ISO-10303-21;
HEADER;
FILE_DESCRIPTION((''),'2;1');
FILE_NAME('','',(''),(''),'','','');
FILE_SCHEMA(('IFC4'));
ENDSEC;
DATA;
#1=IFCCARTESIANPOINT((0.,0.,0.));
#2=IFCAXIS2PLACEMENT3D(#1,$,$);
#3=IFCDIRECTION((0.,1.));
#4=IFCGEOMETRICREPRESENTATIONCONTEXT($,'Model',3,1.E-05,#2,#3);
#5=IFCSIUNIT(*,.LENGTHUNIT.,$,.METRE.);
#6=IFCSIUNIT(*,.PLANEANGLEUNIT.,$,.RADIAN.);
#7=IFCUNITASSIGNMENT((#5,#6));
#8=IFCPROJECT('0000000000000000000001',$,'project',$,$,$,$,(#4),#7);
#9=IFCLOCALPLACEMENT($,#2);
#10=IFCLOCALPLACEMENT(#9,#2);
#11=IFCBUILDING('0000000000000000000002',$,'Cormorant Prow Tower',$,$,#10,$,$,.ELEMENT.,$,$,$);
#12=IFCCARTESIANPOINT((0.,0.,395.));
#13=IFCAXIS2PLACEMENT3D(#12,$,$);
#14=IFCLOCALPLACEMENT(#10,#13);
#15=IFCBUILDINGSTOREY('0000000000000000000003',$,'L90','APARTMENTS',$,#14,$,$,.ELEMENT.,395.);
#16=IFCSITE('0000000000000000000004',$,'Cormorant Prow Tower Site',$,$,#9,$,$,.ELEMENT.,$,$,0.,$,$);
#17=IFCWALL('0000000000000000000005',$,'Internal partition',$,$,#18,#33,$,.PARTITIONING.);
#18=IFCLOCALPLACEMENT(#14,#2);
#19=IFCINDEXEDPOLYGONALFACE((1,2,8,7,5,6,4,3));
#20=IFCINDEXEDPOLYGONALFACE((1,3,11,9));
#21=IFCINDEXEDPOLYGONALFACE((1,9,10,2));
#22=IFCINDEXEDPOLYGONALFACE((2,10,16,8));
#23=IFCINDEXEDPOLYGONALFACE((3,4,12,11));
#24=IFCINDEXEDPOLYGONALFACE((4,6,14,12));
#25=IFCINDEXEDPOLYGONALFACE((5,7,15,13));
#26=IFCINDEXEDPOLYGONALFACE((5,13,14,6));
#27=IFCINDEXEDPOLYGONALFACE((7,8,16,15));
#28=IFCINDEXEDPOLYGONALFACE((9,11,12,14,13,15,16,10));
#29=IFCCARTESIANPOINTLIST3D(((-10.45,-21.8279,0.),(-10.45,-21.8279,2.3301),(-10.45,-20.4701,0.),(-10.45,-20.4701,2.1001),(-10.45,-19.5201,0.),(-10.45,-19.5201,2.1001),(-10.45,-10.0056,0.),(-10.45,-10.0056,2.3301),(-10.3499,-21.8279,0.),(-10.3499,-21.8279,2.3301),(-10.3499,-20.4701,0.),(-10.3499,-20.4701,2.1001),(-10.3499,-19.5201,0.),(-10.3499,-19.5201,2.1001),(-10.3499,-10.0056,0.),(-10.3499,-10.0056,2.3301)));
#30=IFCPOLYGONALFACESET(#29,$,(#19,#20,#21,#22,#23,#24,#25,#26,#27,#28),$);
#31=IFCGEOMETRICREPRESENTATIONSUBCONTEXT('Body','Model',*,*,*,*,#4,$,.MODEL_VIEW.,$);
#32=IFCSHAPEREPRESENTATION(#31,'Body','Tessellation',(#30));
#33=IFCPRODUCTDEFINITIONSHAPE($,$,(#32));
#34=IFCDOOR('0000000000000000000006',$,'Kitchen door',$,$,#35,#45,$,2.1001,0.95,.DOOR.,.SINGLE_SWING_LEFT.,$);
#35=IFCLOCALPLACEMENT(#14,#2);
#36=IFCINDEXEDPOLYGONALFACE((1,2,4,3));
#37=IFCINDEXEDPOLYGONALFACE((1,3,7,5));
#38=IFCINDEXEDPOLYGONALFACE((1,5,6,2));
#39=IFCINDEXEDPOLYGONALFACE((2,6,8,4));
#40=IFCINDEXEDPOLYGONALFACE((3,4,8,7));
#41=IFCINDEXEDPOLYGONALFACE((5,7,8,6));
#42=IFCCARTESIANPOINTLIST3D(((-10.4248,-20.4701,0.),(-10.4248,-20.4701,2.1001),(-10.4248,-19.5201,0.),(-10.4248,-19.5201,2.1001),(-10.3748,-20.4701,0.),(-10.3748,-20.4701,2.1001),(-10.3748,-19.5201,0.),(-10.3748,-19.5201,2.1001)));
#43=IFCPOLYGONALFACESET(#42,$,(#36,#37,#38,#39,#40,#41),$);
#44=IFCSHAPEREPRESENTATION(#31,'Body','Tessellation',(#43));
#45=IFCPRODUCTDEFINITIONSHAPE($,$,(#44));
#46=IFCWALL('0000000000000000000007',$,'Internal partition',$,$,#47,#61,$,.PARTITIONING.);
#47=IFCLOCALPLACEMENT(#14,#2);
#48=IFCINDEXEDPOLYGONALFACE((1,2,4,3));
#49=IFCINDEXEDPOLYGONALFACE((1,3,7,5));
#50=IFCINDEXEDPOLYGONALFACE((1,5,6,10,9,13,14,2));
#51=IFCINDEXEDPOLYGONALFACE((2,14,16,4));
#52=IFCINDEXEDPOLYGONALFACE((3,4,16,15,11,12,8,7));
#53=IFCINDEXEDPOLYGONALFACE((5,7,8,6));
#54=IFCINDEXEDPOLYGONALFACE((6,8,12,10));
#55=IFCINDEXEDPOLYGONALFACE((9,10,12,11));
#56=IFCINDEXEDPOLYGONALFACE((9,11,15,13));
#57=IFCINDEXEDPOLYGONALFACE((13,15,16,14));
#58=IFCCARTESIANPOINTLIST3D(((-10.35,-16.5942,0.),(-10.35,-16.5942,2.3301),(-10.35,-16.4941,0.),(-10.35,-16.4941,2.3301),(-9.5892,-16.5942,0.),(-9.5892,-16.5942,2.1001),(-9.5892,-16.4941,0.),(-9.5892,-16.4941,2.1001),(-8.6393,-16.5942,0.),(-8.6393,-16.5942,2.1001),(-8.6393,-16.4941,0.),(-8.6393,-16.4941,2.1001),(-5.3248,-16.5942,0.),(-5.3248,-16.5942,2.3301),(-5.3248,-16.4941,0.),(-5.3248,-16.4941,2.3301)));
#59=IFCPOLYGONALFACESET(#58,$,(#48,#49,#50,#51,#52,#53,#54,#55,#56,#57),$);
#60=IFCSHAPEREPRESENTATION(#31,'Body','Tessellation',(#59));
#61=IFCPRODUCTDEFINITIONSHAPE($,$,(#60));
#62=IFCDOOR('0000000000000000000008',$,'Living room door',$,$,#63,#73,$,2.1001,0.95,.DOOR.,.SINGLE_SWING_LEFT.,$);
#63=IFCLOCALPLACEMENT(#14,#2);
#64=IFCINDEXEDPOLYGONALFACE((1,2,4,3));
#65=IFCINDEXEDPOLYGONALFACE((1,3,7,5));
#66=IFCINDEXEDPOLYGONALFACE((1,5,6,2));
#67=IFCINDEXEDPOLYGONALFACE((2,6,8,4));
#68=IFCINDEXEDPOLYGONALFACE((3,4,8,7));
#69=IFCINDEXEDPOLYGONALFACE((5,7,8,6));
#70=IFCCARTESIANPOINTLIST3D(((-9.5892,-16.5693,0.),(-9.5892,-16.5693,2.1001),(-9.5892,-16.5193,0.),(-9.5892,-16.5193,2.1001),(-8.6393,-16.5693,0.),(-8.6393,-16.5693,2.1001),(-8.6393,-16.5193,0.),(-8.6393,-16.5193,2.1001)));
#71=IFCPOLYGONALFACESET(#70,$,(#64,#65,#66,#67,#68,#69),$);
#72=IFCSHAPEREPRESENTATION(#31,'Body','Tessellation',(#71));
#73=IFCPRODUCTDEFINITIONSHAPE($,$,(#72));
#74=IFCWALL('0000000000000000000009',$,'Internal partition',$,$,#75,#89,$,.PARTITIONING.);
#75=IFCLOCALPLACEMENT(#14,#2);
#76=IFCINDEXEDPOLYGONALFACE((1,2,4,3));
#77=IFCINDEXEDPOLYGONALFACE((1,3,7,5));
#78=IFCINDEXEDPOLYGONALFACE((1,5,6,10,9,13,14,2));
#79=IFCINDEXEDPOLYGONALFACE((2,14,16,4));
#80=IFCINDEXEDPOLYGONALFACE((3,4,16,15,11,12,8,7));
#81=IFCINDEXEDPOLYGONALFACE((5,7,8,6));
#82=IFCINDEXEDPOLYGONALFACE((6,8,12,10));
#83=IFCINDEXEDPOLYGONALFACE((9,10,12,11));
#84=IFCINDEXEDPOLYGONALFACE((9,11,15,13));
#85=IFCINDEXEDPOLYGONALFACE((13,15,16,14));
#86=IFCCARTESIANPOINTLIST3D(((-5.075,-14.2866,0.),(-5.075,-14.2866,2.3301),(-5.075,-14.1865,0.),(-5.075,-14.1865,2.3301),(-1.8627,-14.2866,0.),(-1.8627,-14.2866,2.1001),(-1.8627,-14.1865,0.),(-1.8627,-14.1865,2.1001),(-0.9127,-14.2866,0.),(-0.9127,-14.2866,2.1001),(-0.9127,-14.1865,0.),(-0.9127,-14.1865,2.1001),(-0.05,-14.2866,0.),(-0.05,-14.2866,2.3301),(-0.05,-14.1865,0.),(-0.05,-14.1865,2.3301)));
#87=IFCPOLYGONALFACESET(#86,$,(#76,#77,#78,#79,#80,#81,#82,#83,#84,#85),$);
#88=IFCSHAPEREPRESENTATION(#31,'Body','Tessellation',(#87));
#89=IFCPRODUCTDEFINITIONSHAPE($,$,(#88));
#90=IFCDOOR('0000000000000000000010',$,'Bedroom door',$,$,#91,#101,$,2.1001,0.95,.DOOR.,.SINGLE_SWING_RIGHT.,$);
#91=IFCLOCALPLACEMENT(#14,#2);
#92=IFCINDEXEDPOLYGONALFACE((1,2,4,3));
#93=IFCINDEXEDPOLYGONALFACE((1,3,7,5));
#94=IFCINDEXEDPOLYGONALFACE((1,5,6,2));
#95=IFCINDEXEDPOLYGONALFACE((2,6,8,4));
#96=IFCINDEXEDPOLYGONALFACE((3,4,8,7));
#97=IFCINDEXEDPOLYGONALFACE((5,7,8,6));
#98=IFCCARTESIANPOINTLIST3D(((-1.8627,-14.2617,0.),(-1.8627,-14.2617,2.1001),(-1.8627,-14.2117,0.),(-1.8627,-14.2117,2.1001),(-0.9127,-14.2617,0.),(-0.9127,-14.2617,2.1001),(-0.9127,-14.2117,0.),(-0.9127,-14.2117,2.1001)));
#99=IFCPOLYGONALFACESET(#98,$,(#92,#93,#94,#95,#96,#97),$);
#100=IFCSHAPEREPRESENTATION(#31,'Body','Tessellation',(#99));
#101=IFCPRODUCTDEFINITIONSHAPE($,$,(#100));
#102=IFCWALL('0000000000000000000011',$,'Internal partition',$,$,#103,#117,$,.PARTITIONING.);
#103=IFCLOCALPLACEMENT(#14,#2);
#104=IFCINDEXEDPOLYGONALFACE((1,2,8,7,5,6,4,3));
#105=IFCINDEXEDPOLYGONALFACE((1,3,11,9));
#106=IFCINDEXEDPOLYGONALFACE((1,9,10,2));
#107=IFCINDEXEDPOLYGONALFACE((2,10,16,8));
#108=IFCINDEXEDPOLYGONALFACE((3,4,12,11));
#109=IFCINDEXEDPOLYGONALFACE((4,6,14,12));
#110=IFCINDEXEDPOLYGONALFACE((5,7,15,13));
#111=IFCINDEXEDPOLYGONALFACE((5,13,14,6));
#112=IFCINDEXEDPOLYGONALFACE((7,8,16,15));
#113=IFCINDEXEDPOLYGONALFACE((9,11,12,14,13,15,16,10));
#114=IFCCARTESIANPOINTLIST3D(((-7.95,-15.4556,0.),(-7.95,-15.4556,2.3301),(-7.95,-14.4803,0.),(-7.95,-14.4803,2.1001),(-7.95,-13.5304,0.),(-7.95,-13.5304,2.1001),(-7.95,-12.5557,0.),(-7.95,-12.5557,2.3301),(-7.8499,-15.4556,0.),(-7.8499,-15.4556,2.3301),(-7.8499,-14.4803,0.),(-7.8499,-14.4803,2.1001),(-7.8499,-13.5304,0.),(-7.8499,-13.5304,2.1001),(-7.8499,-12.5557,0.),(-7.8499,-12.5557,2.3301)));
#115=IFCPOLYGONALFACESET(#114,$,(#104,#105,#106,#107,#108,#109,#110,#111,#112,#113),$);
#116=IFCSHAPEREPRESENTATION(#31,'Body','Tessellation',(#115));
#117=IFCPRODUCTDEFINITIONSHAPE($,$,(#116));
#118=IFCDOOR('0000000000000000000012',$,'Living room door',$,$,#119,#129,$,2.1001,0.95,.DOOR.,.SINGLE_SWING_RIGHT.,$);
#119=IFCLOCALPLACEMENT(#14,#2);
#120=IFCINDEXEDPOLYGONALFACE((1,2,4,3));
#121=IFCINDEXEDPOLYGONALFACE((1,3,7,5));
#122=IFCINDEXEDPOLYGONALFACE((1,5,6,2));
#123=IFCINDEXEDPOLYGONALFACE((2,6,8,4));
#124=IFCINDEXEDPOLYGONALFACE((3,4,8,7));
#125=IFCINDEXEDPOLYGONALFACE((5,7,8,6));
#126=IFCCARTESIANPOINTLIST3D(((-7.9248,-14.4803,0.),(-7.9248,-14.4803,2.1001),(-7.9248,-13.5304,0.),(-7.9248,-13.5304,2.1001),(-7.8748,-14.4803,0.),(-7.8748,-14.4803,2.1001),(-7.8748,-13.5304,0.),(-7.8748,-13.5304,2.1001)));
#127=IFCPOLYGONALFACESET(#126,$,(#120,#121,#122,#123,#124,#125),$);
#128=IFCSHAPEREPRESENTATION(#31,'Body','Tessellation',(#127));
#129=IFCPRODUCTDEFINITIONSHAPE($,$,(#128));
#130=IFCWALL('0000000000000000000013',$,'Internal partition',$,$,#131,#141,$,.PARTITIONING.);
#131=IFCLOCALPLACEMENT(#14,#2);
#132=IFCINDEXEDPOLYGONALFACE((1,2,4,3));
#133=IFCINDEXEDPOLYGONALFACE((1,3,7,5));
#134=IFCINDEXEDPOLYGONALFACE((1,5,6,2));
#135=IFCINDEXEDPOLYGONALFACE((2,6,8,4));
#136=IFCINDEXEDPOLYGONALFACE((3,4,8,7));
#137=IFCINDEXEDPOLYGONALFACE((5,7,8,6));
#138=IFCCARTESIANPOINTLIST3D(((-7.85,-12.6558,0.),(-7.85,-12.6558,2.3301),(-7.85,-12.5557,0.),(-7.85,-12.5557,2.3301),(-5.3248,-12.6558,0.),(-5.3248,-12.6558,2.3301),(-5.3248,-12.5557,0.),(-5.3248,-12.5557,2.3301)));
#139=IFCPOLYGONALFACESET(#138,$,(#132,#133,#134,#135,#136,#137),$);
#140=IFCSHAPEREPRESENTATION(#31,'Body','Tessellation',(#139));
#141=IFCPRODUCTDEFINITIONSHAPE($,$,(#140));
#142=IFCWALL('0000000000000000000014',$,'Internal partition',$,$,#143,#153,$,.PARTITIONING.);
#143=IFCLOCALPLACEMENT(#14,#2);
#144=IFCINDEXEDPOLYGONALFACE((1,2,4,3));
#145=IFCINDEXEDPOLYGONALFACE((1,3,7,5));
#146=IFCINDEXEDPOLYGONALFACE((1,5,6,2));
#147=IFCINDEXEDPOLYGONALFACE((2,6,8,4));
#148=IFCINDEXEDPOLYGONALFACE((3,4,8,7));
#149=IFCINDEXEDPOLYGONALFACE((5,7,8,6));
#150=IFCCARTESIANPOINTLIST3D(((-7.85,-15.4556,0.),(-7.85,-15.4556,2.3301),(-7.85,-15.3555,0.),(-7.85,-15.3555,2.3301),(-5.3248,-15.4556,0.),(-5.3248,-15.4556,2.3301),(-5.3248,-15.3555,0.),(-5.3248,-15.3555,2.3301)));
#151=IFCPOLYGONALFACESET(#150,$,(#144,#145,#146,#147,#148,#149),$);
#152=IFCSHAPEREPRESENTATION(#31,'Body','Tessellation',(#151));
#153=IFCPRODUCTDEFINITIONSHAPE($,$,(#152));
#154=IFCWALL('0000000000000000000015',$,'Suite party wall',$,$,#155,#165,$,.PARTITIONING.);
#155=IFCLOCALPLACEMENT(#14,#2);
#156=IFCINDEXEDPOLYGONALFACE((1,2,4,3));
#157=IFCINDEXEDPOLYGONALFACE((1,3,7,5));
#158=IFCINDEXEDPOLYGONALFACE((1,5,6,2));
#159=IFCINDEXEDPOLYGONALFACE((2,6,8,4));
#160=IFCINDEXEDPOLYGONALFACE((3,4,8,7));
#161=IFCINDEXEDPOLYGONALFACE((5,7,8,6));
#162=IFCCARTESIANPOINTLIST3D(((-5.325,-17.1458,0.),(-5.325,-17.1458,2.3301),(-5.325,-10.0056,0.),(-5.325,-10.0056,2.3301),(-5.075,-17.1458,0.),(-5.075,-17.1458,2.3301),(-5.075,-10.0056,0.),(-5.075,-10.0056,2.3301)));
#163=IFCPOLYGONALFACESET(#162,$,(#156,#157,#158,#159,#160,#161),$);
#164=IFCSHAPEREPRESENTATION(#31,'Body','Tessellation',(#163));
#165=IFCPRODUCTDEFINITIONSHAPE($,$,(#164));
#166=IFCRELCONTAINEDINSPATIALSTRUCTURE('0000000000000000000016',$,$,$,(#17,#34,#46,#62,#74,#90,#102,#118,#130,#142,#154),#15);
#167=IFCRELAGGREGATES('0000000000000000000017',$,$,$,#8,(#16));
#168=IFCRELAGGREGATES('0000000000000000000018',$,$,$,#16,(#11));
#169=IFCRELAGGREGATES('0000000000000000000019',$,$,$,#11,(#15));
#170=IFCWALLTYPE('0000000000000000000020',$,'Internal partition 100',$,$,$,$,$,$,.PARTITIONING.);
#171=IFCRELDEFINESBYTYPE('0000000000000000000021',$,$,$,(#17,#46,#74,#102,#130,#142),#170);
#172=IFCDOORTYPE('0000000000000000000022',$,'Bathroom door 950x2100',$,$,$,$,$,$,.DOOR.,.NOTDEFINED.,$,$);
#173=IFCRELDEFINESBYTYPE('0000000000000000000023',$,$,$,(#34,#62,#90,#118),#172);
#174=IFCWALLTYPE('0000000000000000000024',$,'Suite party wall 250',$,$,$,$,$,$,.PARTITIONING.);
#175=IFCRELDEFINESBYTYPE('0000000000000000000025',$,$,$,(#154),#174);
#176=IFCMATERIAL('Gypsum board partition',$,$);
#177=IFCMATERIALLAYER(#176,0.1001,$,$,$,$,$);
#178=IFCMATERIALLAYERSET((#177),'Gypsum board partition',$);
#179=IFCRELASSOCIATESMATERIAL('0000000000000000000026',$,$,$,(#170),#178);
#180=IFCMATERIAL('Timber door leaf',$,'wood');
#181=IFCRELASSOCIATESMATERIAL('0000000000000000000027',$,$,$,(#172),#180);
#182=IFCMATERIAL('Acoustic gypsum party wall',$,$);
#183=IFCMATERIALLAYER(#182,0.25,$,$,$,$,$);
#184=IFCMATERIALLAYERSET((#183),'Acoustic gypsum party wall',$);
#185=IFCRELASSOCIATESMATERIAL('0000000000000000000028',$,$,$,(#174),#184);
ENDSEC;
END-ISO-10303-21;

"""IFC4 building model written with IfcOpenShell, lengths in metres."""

from ifc_helpers import new_model, si_unit, direction, frame, frame_2d, origin, place, context, subcontext, project, spatial, rectangle, extrude, material, layer, layer_set, type_object, element, fill, save


model = new_model("IFC4")

# Units and contexts
model_context = context("Model", 3, precision=1e-05, world=origin(), true_north=direction((0.0, 1.0)))
body_context = subcontext(model_context, "Body", "Model", "MODEL_VIEW")
ifc_project = project(units=[si_unit("LENGTHUNIT", "METRE"), si_unit("PLANEANGLEUNIT", "RADIAN")], contexts=[model_context])

# Site, building, storey
site_placement = place(None, origin())
site = spatial("IfcSite", under=ifc_project, at=site_placement, Name="Cormorant Prow Tower Site", CompositionType="ELEMENT", RefElevation=0.0)
building_placement = place(site_placement, origin())
building = spatial("IfcBuilding", under=site, at=building_placement, Name="Cormorant Prow Tower", CompositionType="ELEMENT")
storey_placement = place(building_placement, frame((0.0, 0.0, 395.0)))
storey = spatial("IfcBuildingStorey", under=building, at=storey_placement, Name="L90", Description="APARTMENTS", CompositionType="ELEMENT", Elevation=395.0)

# Walls, openings, doors
ifc_material_1 = material(Name="Gypsum board partition")
ifc_layer_1 = layer(ifc_material_1, 0.1001)
ifc_layer_set_1 = layer_set([ifc_layer_1], Name="Gypsum board partition")
wall_type_1 = type_object("IfcWallType", Name="Internal partition 100", PredefinedType="PARTITIONING", material=ifc_layer_set_1)
wall_1_placement = place(storey_placement, frame((-10.3999, -21.8279, 0.0), z_axis=(0.0, 0.0, 1.0), x_axis=(0.0, 1.0, 0.0)))
wall_1 = element("IfcWall", 1, at=wall_1_placement, inside=storey, type_object=wall_type_1, Name="Internal partition", PredefinedType="PARTITIONING", context=body_context, shape_type="SweptSolid", body=[
    extrude(rectangle(XDim=11.8223, YDim=0.1001, at=frame_2d((5.9111, 0.0))), origin(), (0.0, 0.0, 1.0), 2.3301),
])
opening_1_placement = place(wall_1_placement, frame((1.3577, 0.0, 0.0)))
opening_1 = element("IfcOpeningElement", 2, at=opening_1_placement, cuts=wall_1, PredefinedType="OPENING", context=body_context, shape_type="SweptSolid", body=[
    extrude(rectangle(XDim=0.95, YDim=2.1001, at=frame_2d((0.4751, 1.05))), frame((0.0, 0.0601, 0.0), z_axis=(0.0, -1.0, 0.0), x_axis=(1.0, 0.0, 0.0)), (0.0, 0.0, 1.0), 0.1201),
])
ifc_material_2 = material(Name="Timber door leaf", Category="wood")
door_type_1 = type_object("IfcDoorType", Name="Bathroom door 950x2100", OperationType="NOTDEFINED", PredefinedType="DOOR", material=ifc_material_2)
door_1_placement = place(opening_1_placement, origin())
door_1 = element("IfcDoor", 3, at=door_1_placement, inside=storey, type_object=door_type_1, Name="Kitchen door", OperationType="SINGLE_SWING_LEFT", OverallHeight=2.1001, OverallWidth=0.95, PredefinedType="DOOR", context=body_context, shape_type="SweptSolid", body=[
    extrude(rectangle(XDim=0.95, YDim=2.1001, at=frame_2d((0.4751, 1.05))), frame((0.0, 0.0249, 0.0), z_axis=(0.0, -1.0, 0.0), x_axis=(1.0, 0.0, 0.0)), (0.0, 0.0, 1.0), 0.05),
])
fill(opening_1, door_1)
wall_2_placement = place(storey_placement, frame((-10.3501, -16.5442, 0.0), z_axis=(0.0, 0.0, 1.0), x_axis=(1.0, 0.0, 0.0)))
wall_2 = element("IfcWall", 4, at=wall_2_placement, inside=storey, type_object=wall_type_1, Name="Internal partition", PredefinedType="PARTITIONING", context=body_context, shape_type="SweptSolid", body=[
    extrude(rectangle(XDim=5.0251, YDim=0.1001, at=frame_2d((2.5127, 0.0))), origin(), (0.0, 0.0, 1.0), 2.3301),
])
opening_2_placement = place(wall_2_placement, frame((0.7607, 0.0, 0.0)))
opening_2 = element("IfcOpeningElement", 5, at=opening_2_placement, cuts=wall_2, PredefinedType="OPENING", context=body_context, shape_type="SweptSolid", body=[
    extrude(rectangle(XDim=0.95, YDim=2.1001, at=frame_2d((0.4751, 1.05))), frame((0.0, 0.0601, 0.0), z_axis=(0.0, -1.0, 0.0), x_axis=(1.0, 0.0, 0.0)), (0.0, 0.0, 1.0), 0.1201),
])
door_2_placement = place(opening_2_placement, origin())
door_2 = element("IfcDoor", 6, at=door_2_placement, inside=storey, type_object=door_type_1, Name="Living room door", OperationType="SINGLE_SWING_LEFT", OverallHeight=2.1001, OverallWidth=0.95, PredefinedType="DOOR", context=body_context, shape_type="SweptSolid", body=[
    extrude(rectangle(XDim=0.95, YDim=2.1001, at=frame_2d((0.4751, 1.05))), frame((0.0, 0.0249, 0.0), z_axis=(0.0, -1.0, 0.0), x_axis=(1.0, 0.0, 0.0)), (0.0, 0.0, 1.0), 0.05),
])
fill(opening_2, door_2)
wall_3_placement = place(storey_placement, frame((-5.075, -14.2366, 0.0), z_axis=(0.0, 0.0, 1.0), x_axis=(1.0, 0.0, 0.0)))
wall_3 = element("IfcWall", 7, at=wall_3_placement, inside=storey, type_object=wall_type_1, Name="Internal partition", PredefinedType="PARTITIONING", context=body_context, shape_type="SweptSolid", body=[
    extrude(rectangle(XDim=5.0249, YDim=0.1001, at=frame_2d((2.5125, 0.0))), origin(), (0.0, 0.0, 1.0), 2.3301),
])
opening_3_placement = place(wall_3_placement, frame((3.2122, 0.0, 0.0)))
opening_3 = element("IfcOpeningElement", 8, at=opening_3_placement, cuts=wall_3, PredefinedType="OPENING", context=body_context, shape_type="SweptSolid", body=[
    extrude(rectangle(XDim=0.95, YDim=2.1001, at=frame_2d((0.4751, 1.05))), frame((0.0, 0.0601, 0.0), z_axis=(0.0, -1.0, 0.0), x_axis=(1.0, 0.0, 0.0)), (0.0, 0.0, 1.0), 0.1201),
])
door_3_placement = place(opening_3_placement, origin())
door_3 = element("IfcDoor", 9, at=door_3_placement, inside=storey, type_object=door_type_1, Name="Bedroom door", OperationType="SINGLE_SWING_RIGHT", OverallHeight=2.1001, OverallWidth=0.95, PredefinedType="DOOR", context=body_context, shape_type="SweptSolid", body=[
    extrude(rectangle(XDim=0.95, YDim=2.1001, at=frame_2d((0.4751, 1.05))), frame((0.0, 0.0249, 0.0), z_axis=(0.0, -1.0, 0.0), x_axis=(1.0, 0.0, 0.0)), (0.0, 0.0, 1.0), 0.05),
])
fill(opening_3, door_3)
wall_4_placement = place(storey_placement, frame((-7.8999, -15.4556, 0.0), z_axis=(0.0, 0.0, 1.0), x_axis=(0.0, 1.0, 0.0)))
wall_4 = element("IfcWall", 10, at=wall_4_placement, inside=storey, type_object=wall_type_1, Name="Internal partition", PredefinedType="PARTITIONING", context=body_context, shape_type="SweptSolid", body=[
    extrude(rectangle(XDim=2.8999, YDim=0.1001, at=frame_2d((1.45, 0.0))), origin(), (0.0, 0.0, 1.0), 2.3301),
])
opening_4_placement = place(wall_4_placement, frame((0.9751, 0.0, 0.0)))
opening_4 = element("IfcOpeningElement", 11, at=opening_4_placement, cuts=wall_4, PredefinedType="OPENING", context=body_context, shape_type="SweptSolid", body=[
    extrude(rectangle(XDim=0.95, YDim=2.1001, at=frame_2d((0.4751, 1.05))), frame((0.0, 0.0601, 0.0), z_axis=(0.0, -1.0, 0.0), x_axis=(1.0, 0.0, 0.0)), (0.0, 0.0, 1.0), 0.1201),
])
door_4_placement = place(opening_4_placement, origin())
door_4 = element("IfcDoor", 12, at=door_4_placement, inside=storey, type_object=door_type_1, Name="Living room door", OperationType="SINGLE_SWING_RIGHT", OverallHeight=2.1001, OverallWidth=0.95, PredefinedType="DOOR", context=body_context, shape_type="SweptSolid", body=[
    extrude(rectangle(XDim=0.95, YDim=2.1001, at=frame_2d((0.4751, 1.05))), frame((0.0, 0.0249, 0.0), z_axis=(0.0, -1.0, 0.0), x_axis=(1.0, 0.0, 0.0)), (0.0, 0.0, 1.0), 0.05),
])
fill(opening_4, door_4)

# Walls
for number, where, z_axis, x_axis, name in (
    (13, (-7.8501, -12.6057, 0.0), (0.0, 0.0, 1.0), (1.0, 0.0, 0.0), "Internal partition"),
    (14, (-7.8501, -15.4055, 0.0), (0.0, 0.0, 1.0), (1.0, 0.0, 0.0), "Internal partition"),
):
    element("IfcWall", number, at=place(storey_placement, frame(where, z_axis=z_axis, x_axis=x_axis)), inside=storey, type_object=wall_type_1, Name=name, PredefinedType="PARTITIONING", context=body_context, shape_type="SweptSolid", body=[
        extrude(rectangle(XDim=2.5251, YDim=0.1001, at=frame_2d((1.2627, 0.0))), origin(), (0.0, 0.0, 1.0), 2.3301),
    ])
ifc_material_3 = material(Name="Acoustic gypsum party wall")
ifc_layer_2 = layer(ifc_material_3, 0.25)
ifc_layer_set_2 = layer_set([ifc_layer_2], Name="Acoustic gypsum party wall")
wall_type_2 = type_object("IfcWallType", Name="Suite party wall 250", PredefinedType="PARTITIONING", material=ifc_layer_set_2)
wall_5_placement = place(storey_placement, frame((-5.2, -17.1458, 0.0), z_axis=(0.0, 0.0, 1.0), x_axis=(0.0, 1.0, 0.0)))
element("IfcWall", 15, at=wall_5_placement, inside=storey, type_object=wall_type_2, Name="Suite party wall", PredefinedType="PARTITIONING", context=body_context, shape_type="SweptSolid", body=[
    extrude(rectangle(XDim=7.1401, YDim=0.25, at=frame_2d((3.5701, 0.0))), origin(), (0.0, 0.0, 1.0), 2.3301),
])

save(model, "model.ifc")
